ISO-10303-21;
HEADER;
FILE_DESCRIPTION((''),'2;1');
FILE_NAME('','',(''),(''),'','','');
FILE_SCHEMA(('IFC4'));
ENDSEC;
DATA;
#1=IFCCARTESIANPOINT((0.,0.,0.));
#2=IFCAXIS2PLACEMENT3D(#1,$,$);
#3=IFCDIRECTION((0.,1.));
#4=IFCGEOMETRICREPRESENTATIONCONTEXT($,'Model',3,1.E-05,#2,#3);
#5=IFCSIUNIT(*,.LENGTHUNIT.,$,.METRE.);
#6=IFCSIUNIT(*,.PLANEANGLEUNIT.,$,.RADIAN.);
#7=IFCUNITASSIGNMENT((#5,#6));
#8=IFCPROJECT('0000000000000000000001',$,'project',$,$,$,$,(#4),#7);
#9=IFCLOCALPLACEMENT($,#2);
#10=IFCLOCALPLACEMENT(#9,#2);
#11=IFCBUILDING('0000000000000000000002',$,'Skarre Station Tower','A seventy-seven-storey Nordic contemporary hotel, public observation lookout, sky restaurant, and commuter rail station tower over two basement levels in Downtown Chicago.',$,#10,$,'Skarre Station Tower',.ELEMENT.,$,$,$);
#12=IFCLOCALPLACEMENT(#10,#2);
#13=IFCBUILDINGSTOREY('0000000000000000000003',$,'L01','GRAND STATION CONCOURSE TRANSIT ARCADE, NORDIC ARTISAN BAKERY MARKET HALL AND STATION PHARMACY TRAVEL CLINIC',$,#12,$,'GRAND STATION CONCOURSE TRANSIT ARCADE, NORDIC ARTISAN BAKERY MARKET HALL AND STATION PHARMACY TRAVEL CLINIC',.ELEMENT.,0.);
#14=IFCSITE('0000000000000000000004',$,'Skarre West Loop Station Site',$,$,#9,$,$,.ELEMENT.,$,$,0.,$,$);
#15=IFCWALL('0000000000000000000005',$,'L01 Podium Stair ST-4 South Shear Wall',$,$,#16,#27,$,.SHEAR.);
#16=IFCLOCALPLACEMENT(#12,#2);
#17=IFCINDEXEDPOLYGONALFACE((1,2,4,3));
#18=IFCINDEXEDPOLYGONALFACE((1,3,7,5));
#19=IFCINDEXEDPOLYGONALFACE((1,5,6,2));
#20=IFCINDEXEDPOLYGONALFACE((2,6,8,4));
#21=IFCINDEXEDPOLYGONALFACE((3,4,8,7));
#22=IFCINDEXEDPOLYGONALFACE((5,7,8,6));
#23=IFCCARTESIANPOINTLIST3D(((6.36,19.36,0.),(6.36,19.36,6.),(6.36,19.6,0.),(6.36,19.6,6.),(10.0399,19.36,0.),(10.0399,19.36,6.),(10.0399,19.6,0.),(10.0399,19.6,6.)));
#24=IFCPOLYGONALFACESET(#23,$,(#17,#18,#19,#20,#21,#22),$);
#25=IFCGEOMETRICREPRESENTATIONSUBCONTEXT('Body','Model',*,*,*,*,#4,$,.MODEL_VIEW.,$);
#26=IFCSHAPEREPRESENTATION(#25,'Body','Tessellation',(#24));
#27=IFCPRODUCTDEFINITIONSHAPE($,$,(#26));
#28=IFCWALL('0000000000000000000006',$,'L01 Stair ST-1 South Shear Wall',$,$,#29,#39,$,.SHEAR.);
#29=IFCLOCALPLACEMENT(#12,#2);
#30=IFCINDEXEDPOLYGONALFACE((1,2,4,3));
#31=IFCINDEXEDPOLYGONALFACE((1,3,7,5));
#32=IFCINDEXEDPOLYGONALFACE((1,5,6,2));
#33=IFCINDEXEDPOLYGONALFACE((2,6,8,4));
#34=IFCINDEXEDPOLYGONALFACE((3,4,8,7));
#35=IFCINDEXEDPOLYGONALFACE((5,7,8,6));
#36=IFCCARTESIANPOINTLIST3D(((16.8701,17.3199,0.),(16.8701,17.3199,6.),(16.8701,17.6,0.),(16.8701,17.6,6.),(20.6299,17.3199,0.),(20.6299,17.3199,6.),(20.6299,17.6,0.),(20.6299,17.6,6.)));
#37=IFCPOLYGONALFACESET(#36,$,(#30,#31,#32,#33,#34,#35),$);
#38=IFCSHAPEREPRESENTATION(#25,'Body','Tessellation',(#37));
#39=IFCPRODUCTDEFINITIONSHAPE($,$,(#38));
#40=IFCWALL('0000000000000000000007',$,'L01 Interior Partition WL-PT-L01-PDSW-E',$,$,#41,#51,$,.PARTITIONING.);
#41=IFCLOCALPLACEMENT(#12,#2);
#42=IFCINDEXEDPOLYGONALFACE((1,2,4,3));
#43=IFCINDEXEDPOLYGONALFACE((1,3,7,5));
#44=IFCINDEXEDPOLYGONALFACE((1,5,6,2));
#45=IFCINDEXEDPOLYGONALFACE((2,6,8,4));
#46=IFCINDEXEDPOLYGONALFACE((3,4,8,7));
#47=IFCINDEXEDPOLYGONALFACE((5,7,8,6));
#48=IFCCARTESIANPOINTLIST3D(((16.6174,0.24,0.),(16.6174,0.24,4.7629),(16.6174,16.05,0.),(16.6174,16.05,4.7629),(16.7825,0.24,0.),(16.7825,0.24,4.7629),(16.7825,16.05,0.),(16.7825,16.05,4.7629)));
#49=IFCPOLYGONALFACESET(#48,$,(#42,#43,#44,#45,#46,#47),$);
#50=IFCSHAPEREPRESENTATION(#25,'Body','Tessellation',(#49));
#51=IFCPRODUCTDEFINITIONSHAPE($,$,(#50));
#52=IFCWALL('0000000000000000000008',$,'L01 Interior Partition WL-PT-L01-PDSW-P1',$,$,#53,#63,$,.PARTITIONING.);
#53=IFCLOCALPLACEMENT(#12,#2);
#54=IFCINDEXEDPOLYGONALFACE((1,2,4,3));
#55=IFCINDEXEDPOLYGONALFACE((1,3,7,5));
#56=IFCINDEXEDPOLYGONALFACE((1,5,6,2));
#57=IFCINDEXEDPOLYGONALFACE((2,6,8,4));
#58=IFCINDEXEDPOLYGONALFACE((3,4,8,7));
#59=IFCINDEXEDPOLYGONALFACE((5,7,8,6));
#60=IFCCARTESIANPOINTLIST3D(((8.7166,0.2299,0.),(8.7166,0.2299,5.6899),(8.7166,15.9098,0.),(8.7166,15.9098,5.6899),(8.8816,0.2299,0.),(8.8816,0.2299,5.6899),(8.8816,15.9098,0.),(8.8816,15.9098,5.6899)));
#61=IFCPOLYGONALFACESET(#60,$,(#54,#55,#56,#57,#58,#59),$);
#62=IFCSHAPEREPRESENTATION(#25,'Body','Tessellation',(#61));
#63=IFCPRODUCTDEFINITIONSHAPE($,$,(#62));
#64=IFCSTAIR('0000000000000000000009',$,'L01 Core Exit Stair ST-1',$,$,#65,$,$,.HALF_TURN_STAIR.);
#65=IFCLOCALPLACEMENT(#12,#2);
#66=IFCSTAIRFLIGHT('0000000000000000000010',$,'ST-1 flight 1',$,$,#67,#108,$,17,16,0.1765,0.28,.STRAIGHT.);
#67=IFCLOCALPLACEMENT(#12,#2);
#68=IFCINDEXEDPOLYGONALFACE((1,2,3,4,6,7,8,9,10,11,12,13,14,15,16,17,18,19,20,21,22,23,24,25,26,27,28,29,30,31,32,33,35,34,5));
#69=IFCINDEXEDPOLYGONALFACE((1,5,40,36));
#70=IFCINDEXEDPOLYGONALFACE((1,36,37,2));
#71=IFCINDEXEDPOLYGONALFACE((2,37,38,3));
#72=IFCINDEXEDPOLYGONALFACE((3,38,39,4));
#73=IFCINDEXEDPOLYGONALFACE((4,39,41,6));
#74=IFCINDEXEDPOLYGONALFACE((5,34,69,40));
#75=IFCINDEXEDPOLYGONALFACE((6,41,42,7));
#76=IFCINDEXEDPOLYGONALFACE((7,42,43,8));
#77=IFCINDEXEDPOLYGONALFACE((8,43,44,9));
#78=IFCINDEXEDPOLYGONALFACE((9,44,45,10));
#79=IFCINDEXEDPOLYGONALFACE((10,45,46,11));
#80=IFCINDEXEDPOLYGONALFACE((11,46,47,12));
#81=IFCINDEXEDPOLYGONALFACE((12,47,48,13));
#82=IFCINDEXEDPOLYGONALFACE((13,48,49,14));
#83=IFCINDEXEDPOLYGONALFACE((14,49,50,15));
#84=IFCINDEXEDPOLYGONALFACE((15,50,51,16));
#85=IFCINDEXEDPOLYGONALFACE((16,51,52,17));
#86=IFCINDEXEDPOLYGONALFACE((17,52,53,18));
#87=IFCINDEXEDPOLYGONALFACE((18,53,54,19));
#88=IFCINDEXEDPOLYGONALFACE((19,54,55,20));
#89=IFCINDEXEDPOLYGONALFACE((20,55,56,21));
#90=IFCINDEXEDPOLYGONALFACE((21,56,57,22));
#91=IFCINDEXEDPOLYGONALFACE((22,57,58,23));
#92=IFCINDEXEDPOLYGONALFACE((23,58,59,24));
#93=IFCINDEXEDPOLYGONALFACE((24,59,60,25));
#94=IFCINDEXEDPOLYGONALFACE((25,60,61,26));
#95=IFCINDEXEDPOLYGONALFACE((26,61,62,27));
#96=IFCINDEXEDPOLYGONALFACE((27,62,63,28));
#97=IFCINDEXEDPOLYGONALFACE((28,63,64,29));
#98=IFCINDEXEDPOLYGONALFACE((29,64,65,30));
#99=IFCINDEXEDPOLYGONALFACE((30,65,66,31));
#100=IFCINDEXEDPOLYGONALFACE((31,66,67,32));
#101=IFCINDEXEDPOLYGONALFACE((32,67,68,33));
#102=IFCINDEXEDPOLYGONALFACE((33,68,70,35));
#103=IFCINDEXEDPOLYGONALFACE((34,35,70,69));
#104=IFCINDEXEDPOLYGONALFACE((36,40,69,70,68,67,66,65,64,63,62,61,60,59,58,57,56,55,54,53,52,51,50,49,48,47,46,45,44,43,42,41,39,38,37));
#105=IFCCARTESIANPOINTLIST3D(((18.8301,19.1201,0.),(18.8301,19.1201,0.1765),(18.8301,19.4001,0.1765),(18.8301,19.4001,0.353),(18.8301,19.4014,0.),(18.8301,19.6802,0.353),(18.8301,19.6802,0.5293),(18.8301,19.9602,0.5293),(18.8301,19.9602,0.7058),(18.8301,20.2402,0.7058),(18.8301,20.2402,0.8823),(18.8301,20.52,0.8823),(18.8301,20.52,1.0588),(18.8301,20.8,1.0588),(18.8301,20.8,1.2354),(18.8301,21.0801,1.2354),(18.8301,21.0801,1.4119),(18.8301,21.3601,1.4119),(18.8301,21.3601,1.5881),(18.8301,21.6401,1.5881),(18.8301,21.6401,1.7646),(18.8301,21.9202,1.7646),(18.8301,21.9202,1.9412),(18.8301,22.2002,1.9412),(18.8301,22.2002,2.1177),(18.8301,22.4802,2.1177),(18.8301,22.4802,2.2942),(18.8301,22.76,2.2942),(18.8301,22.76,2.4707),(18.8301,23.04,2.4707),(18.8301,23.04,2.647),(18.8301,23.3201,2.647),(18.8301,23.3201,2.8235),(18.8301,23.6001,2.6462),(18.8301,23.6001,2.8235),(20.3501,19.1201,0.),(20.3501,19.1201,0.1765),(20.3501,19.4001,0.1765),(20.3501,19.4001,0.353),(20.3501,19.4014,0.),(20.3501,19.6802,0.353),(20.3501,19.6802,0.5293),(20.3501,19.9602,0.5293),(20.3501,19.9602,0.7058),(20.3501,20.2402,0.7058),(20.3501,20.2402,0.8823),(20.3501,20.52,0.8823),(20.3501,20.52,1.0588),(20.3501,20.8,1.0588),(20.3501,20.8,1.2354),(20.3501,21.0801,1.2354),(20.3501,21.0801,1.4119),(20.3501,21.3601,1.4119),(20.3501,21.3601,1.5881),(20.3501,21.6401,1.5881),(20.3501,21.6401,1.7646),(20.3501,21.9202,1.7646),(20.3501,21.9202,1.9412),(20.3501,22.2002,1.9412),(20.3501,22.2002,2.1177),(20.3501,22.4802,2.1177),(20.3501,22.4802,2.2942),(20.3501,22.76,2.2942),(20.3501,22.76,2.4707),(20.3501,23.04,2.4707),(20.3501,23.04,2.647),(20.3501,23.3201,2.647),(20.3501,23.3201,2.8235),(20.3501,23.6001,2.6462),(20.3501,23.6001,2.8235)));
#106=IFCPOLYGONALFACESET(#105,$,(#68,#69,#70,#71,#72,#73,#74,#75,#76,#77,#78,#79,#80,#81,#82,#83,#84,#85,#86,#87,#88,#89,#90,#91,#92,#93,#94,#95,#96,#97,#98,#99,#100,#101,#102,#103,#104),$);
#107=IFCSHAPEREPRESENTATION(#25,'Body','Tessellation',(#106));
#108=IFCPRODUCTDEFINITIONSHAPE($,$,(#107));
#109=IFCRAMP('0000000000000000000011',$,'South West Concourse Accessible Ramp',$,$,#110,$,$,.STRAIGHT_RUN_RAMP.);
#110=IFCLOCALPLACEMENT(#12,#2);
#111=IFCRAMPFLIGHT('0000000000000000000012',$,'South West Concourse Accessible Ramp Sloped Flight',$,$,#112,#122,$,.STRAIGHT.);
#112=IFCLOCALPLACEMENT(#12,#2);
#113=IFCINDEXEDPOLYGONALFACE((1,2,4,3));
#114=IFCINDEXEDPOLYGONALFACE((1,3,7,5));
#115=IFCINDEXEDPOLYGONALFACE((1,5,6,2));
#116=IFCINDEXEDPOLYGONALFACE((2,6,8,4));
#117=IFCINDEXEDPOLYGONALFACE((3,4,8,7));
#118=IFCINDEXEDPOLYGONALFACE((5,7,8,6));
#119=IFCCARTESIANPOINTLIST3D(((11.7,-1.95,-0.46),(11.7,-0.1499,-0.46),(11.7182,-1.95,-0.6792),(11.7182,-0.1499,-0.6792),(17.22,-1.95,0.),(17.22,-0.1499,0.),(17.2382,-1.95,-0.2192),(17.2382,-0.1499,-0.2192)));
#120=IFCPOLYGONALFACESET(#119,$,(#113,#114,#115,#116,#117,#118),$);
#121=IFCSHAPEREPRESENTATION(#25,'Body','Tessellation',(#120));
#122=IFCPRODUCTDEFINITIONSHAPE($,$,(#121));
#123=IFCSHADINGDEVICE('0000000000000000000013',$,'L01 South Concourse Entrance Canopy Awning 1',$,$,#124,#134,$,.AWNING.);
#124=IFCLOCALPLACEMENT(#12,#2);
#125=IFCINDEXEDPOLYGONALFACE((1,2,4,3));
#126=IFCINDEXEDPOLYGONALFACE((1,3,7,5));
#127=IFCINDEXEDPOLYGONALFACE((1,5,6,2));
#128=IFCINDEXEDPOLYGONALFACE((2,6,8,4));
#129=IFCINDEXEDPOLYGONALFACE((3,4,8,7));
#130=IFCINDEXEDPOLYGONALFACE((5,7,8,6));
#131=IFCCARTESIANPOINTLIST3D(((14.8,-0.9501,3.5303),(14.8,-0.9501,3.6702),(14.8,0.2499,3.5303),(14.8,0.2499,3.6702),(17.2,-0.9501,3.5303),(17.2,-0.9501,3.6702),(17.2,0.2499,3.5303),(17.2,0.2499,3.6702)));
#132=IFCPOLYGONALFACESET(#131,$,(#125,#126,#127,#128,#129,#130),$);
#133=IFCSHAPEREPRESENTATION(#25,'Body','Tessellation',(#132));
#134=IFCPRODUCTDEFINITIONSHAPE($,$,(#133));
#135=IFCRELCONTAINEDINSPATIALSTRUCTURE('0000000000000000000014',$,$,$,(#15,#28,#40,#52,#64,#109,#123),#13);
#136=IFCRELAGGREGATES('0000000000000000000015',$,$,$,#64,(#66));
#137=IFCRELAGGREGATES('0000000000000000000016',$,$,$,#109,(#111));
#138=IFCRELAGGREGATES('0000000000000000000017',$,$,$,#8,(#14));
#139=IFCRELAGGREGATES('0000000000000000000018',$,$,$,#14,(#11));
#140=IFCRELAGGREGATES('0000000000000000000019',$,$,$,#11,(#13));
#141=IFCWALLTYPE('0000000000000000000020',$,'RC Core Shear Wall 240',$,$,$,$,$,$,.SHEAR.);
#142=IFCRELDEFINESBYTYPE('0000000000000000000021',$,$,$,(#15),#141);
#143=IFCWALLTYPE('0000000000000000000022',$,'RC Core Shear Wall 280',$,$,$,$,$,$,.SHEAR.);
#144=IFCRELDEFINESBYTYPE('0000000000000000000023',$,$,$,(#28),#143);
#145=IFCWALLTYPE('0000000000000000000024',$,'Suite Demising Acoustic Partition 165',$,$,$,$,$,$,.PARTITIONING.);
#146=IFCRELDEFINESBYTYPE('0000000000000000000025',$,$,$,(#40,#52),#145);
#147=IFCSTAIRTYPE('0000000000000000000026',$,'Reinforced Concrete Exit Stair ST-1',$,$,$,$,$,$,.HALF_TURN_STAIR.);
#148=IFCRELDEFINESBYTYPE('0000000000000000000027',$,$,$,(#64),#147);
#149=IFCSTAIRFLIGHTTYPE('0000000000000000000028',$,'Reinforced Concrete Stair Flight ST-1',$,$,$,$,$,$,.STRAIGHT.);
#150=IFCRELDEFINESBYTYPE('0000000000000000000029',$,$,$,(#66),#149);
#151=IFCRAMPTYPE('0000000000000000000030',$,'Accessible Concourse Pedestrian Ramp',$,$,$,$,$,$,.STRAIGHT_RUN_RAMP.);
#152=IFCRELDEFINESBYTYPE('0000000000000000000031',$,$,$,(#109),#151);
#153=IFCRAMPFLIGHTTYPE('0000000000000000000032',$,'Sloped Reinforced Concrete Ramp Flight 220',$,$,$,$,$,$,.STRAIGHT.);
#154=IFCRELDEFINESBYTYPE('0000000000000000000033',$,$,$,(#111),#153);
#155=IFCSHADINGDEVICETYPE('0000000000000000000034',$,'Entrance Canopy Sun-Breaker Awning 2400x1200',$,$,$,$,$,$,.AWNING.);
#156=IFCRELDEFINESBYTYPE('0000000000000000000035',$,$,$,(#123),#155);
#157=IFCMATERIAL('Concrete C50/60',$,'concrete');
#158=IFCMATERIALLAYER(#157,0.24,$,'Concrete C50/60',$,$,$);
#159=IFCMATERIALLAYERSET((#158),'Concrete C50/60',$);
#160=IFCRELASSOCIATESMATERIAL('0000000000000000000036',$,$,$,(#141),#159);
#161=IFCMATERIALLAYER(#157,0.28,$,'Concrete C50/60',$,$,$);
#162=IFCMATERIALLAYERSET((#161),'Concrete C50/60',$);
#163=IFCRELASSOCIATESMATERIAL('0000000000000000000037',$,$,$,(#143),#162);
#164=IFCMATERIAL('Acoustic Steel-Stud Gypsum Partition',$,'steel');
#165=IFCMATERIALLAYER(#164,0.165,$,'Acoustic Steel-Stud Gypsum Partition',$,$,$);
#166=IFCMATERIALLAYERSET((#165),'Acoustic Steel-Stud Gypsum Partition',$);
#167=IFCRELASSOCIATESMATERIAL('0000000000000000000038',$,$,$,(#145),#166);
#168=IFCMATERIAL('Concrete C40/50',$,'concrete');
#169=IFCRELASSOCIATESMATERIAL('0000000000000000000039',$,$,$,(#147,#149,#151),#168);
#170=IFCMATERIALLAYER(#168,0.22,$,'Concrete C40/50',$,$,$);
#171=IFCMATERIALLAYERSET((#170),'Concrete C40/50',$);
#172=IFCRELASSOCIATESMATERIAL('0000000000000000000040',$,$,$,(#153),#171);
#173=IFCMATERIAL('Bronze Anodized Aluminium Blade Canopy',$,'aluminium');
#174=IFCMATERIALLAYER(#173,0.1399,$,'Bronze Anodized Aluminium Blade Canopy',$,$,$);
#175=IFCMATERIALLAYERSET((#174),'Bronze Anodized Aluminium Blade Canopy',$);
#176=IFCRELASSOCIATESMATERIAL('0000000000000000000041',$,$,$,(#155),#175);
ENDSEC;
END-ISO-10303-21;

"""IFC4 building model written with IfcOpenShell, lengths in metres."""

from ifc_helpers import new_model, si_unit, direction, frame, frame_2d, origin, origin_2d, place, context, subcontext, project, spatial, polyline, rectangle, outline, extrude, material, layer, layer_set, type_object, element, aggregate, save


model = new_model("IFC4")

# Units and contexts
model_context = context("Model", 3, precision=1e-05, world=origin(), true_north=direction((0.0, 1.0)))
body_context = subcontext(model_context, "Body", "Model", "MODEL_VIEW")
ifc_project = project(units=[si_unit("LENGTHUNIT", "METRE"), si_unit("PLANEANGLEUNIT", "RADIAN")], contexts=[model_context])

# Site, building, storey
site_placement = place(None, origin())
site = spatial("IfcSite", under=ifc_project, at=site_placement, Name="Skarre West Loop Station Site", CompositionType="ELEMENT", RefElevation=0.0)
building_placement = place(site_placement, origin())
building = spatial("IfcBuilding", under=site, at=building_placement, Name="Skarre Station Tower", Description="A seventy-seven-storey Nordic contemporary hotel, public observation lookout, sky restaurant, and commuter rail station tower over two basement levels in Downtown Chicago.", LongName="Skarre Station Tower", CompositionType="ELEMENT")
storey_placement = place(building_placement, origin())
storey = spatial("IfcBuildingStorey", under=building, at=storey_placement, Name="L01", Description="GRAND STATION CONCOURSE TRANSIT ARCADE, NORDIC ARTISAN BAKERY MARKET HALL AND STATION PHARMACY TRAVEL CLINIC", LongName="GRAND STATION CONCOURSE TRANSIT ARCADE, NORDIC ARTISAN BAKERY MARKET HALL AND STATION PHARMACY TRAVEL CLINIC", CompositionType="ELEMENT", Elevation=0.0)

# Shared definitions
ifc_material_1 = material(Name="Acoustic Steel-Stud Gypsum Partition", Category="steel")

# Walls
ifc_material_2 = material(Name="Concrete C50/60", Category="concrete")
ifc_layer_1 = layer(ifc_material_2, 0.24, Name="Concrete C50/60")
ifc_layer_set_1 = layer_set([ifc_layer_1], Name="Concrete C50/60")
wall_type_1 = type_object("IfcWallType", Name="RC Core Shear Wall 240", PredefinedType="SHEAR", material=ifc_layer_set_1)
wall_1_placement = place(storey_placement, frame((6.3601, 19.48, 0.0), z_axis=(0.0, 0.0, 1.0), x_axis=(1.0, 0.0, 0.0)))
element("IfcWall", 1, at=wall_1_placement, inside=storey, type_object=wall_type_1, Name="L01 Podium Stair ST-4 South Shear Wall", PredefinedType="SHEAR", context=body_context, shape_type="SweptSolid", body=[
    extrude(rectangle(XDim=3.6799, YDim=0.24, at=frame_2d((1.8398, 0.0))), origin(), (0.0, 0.0, 1.0), 6.0),
])
ifc_layer_2 = layer(ifc_material_2, 0.28, Name="Concrete C50/60")
ifc_layer_set_2 = layer_set([ifc_layer_2], Name="Concrete C50/60")
wall_type_2 = type_object("IfcWallType", Name="RC Core Shear Wall 280", PredefinedType="SHEAR", material=ifc_layer_set_2)
wall_2_placement = place(storey_placement, frame((16.8701, 17.46, 0.0), z_axis=(0.0, 0.0, 1.0), x_axis=(1.0, 0.0, 0.0)))
element("IfcWall", 2, at=wall_2_placement, inside=storey, type_object=wall_type_2, Name="L01 Stair ST-1 South Shear Wall", PredefinedType="SHEAR", context=body_context, shape_type="SweptSolid", body=[
    extrude(rectangle(XDim=3.7598, YDim=0.28, at=frame_2d((1.8799, 0.0))), origin(), (0.0, 0.0, 1.0), 6.0),
])
ifc_layer_3 = layer(ifc_material_1, 0.165, Name="Acoustic Steel-Stud Gypsum Partition")
ifc_layer_set_3 = layer_set([ifc_layer_3], Name="Acoustic Steel-Stud Gypsum Partition")
wall_type_3 = type_object("IfcWallType", Name="Suite Demising Acoustic Partition 165", PredefinedType="PARTITIONING", material=ifc_layer_set_3)
wall_3_placement = place(storey_placement, frame((16.7, 0.24, 0.0), z_axis=(0.0, 0.0, 1.0), x_axis=(0.0, 1.0, 0.0)))
element("IfcWall", 3, at=wall_3_placement, inside=storey, type_object=wall_type_3, Name="L01 Interior Partition WL-PT-L01-PDSW-E", PredefinedType="PARTITIONING", context=body_context, shape_type="SweptSolid", body=[
    extrude(rectangle(XDim=15.8101, YDim=0.165, at=frame_2d((7.905, 0.0))), origin(), (0.0, 0.0, 1.0), 4.7629),
])
wall_4_placement = place(storey_placement, frame((8.7991, 0.23, 0.0), z_axis=(0.0, 0.0, 1.0), x_axis=(0.0, 1.0, 0.0)))
element("IfcWall", 4, at=wall_4_placement, inside=storey, type_object=wall_type_3, Name="L01 Interior Partition WL-PT-L01-PDSW-P1", PredefinedType="PARTITIONING", context=body_context, shape_type="SweptSolid", body=[
    extrude(rectangle(XDim=15.6799, YDim=0.165, at=frame_2d((7.8398, 0.0))), origin(), (0.0, 0.0, 1.0), 5.6899),
])

# Stair, stair flight
ifc_material_3 = material(Name="Concrete C40/50", Category="concrete")
stair_type = type_object("IfcStairType", Name="Reinforced Concrete Exit Stair ST-1", PredefinedType="HALF_TURN_STAIR", material=ifc_material_3)
stair_placement = place(storey_placement, origin())
stair = element("IfcStair", 5, at=stair_placement, inside=storey, type_object=stair_type, Name="L01 Core Exit Stair ST-1", PredefinedType="HALF_TURN_STAIR")
stair_flight_type = type_object("IfcStairFlightType", Name="Reinforced Concrete Stair Flight ST-1", PredefinedType="STRAIGHT", material=ifc_material_3)
stair_flight_placement = place(storey_placement, frame((19.5901, 19.1201, 0.0), z_axis=(0.0, 0.0, 1.0), x_axis=(0.0, 1.0, 0.0)))
stair_flight = element("IfcStairFlight", 6, at=stair_flight_placement, type_object=stair_flight_type, Name="ST-1 flight 1", NumberOfRisers=17, NumberOfTreads=16, PredefinedType="STRAIGHT", RiserHeight=0.1765, TreadLength=0.28, context=body_context, shape_type="SweptSolid", body=[
    extrude(outline(polyline([(0.0, 0.0), (0.0, 0.1765), (0.28, 0.1765), (0.28, 0.353), (0.5601, 0.353), (0.5601, 0.5293), (0.8401, 0.5293), (0.8401, 0.7058), (1.1201, 0.7058), (1.1201, 0.8823), (1.3999, 0.8823), (1.3999, 1.0588), (1.6799, 1.0588), (1.6799, 1.2354), (1.96, 1.2354), (1.96, 1.4119), (2.24, 1.4119), (2.24, 1.5881), (2.52, 1.5881), (2.52, 1.7646), (2.8, 1.7646), (2.8, 1.9412), (3.0801, 1.9412), (3.0801, 2.1177), (3.3601, 2.1177), (3.3601, 2.2942), (3.6399, 2.2942), (3.6399, 2.4707), (3.9199, 2.4707), (3.9199, 2.647), (4.2, 2.647), (4.2, 2.8235), (4.48, 2.8235), (4.48, 3.0), (4.48, 2.6462), (0.2812, 0.0), (0.0, 0.0)])), frame((0.0, 0.76, 0.0), z_axis=(0.0, -1.0, 0.0), x_axis=(1.0, 0.0, 0.0)), (0.0, 0.0, 1.0), 1.52),
])
aggregate(stair, [stair_flight])

# Ramp, ramp flight
ramp_type = type_object("IfcRampType", Name="Accessible Concourse Pedestrian Ramp", PredefinedType="STRAIGHT_RUN_RAMP", material=ifc_material_3)
ramp_placement = place(storey_placement, origin())
ramp = element("IfcRamp", 7, at=ramp_placement, inside=storey, type_object=ramp_type, Name="South West Concourse Accessible Ramp", PredefinedType="STRAIGHT_RUN_RAMP")
ifc_layer_4 = layer(ifc_material_3, 0.22, Name="Concrete C40/50")
ifc_layer_set_4 = layer_set([ifc_layer_4], Name="Concrete C40/50")
ramp_flight_type = type_object("IfcRampFlightType", Name="Sloped Reinforced Concrete Ramp Flight 220", PredefinedType="STRAIGHT", material=ifc_layer_set_4)
ramp_flight_placement = place(storey_placement, frame((11.7, -1.95, -0.46), z_axis=(-0.083038, 0.0, 0.996546), x_axis=(0.996546, 0.0, 0.083038)))
ramp_flight = element("IfcRampFlight", 8, at=ramp_flight_placement, type_object=ramp_flight_type, Name="South West Concourse Accessible Ramp Sloped Flight", PredefinedType="STRAIGHT", context=body_context, shape_type="SweptSolid", body=[
    extrude(outline(polyline([(0.0, 0.0), (5.5391, 0.0), (5.5391, 1.8), (0.0, 1.8), (0.0, 0.0)])), origin(), (0.0, 0.0, -1.0), 0.22),
])
aggregate(ramp, [ramp_flight])

# Shading device
ifc_material_4 = material(Name="Bronze Anodized Aluminium Blade Canopy", Category="aluminium")
ifc_layer_5 = layer(ifc_material_4, 0.1399, Name="Bronze Anodized Aluminium Blade Canopy")
ifc_layer_set_5 = layer_set([ifc_layer_5], Name="Bronze Anodized Aluminium Blade Canopy")
shading_device_type = type_object("IfcShadingDeviceType", Name="Entrance Canopy Sun-Breaker Awning 2400x1200", PredefinedType="AWNING", material=ifc_layer_set_5)
shading_device_placement = place(storey_placement, frame((16.0, -0.3501, 3.5303), z_axis=(0.0, 0.0, 1.0), x_axis=(1.0, 0.0, 0.0)))
element("IfcShadingDevice", 9, at=shading_device_placement, inside=storey, type_object=shading_device_type, Name="L01 South Concourse Entrance Canopy Awning 1", PredefinedType="AWNING", context=body_context, shape_type="SweptSolid", body=[
    extrude(rectangle(XDim=2.3999, YDim=1.2, at=origin_2d()), origin(), (0.0, 0.0, 1.0), 0.1399),
])

save(model, "model.ifc")
